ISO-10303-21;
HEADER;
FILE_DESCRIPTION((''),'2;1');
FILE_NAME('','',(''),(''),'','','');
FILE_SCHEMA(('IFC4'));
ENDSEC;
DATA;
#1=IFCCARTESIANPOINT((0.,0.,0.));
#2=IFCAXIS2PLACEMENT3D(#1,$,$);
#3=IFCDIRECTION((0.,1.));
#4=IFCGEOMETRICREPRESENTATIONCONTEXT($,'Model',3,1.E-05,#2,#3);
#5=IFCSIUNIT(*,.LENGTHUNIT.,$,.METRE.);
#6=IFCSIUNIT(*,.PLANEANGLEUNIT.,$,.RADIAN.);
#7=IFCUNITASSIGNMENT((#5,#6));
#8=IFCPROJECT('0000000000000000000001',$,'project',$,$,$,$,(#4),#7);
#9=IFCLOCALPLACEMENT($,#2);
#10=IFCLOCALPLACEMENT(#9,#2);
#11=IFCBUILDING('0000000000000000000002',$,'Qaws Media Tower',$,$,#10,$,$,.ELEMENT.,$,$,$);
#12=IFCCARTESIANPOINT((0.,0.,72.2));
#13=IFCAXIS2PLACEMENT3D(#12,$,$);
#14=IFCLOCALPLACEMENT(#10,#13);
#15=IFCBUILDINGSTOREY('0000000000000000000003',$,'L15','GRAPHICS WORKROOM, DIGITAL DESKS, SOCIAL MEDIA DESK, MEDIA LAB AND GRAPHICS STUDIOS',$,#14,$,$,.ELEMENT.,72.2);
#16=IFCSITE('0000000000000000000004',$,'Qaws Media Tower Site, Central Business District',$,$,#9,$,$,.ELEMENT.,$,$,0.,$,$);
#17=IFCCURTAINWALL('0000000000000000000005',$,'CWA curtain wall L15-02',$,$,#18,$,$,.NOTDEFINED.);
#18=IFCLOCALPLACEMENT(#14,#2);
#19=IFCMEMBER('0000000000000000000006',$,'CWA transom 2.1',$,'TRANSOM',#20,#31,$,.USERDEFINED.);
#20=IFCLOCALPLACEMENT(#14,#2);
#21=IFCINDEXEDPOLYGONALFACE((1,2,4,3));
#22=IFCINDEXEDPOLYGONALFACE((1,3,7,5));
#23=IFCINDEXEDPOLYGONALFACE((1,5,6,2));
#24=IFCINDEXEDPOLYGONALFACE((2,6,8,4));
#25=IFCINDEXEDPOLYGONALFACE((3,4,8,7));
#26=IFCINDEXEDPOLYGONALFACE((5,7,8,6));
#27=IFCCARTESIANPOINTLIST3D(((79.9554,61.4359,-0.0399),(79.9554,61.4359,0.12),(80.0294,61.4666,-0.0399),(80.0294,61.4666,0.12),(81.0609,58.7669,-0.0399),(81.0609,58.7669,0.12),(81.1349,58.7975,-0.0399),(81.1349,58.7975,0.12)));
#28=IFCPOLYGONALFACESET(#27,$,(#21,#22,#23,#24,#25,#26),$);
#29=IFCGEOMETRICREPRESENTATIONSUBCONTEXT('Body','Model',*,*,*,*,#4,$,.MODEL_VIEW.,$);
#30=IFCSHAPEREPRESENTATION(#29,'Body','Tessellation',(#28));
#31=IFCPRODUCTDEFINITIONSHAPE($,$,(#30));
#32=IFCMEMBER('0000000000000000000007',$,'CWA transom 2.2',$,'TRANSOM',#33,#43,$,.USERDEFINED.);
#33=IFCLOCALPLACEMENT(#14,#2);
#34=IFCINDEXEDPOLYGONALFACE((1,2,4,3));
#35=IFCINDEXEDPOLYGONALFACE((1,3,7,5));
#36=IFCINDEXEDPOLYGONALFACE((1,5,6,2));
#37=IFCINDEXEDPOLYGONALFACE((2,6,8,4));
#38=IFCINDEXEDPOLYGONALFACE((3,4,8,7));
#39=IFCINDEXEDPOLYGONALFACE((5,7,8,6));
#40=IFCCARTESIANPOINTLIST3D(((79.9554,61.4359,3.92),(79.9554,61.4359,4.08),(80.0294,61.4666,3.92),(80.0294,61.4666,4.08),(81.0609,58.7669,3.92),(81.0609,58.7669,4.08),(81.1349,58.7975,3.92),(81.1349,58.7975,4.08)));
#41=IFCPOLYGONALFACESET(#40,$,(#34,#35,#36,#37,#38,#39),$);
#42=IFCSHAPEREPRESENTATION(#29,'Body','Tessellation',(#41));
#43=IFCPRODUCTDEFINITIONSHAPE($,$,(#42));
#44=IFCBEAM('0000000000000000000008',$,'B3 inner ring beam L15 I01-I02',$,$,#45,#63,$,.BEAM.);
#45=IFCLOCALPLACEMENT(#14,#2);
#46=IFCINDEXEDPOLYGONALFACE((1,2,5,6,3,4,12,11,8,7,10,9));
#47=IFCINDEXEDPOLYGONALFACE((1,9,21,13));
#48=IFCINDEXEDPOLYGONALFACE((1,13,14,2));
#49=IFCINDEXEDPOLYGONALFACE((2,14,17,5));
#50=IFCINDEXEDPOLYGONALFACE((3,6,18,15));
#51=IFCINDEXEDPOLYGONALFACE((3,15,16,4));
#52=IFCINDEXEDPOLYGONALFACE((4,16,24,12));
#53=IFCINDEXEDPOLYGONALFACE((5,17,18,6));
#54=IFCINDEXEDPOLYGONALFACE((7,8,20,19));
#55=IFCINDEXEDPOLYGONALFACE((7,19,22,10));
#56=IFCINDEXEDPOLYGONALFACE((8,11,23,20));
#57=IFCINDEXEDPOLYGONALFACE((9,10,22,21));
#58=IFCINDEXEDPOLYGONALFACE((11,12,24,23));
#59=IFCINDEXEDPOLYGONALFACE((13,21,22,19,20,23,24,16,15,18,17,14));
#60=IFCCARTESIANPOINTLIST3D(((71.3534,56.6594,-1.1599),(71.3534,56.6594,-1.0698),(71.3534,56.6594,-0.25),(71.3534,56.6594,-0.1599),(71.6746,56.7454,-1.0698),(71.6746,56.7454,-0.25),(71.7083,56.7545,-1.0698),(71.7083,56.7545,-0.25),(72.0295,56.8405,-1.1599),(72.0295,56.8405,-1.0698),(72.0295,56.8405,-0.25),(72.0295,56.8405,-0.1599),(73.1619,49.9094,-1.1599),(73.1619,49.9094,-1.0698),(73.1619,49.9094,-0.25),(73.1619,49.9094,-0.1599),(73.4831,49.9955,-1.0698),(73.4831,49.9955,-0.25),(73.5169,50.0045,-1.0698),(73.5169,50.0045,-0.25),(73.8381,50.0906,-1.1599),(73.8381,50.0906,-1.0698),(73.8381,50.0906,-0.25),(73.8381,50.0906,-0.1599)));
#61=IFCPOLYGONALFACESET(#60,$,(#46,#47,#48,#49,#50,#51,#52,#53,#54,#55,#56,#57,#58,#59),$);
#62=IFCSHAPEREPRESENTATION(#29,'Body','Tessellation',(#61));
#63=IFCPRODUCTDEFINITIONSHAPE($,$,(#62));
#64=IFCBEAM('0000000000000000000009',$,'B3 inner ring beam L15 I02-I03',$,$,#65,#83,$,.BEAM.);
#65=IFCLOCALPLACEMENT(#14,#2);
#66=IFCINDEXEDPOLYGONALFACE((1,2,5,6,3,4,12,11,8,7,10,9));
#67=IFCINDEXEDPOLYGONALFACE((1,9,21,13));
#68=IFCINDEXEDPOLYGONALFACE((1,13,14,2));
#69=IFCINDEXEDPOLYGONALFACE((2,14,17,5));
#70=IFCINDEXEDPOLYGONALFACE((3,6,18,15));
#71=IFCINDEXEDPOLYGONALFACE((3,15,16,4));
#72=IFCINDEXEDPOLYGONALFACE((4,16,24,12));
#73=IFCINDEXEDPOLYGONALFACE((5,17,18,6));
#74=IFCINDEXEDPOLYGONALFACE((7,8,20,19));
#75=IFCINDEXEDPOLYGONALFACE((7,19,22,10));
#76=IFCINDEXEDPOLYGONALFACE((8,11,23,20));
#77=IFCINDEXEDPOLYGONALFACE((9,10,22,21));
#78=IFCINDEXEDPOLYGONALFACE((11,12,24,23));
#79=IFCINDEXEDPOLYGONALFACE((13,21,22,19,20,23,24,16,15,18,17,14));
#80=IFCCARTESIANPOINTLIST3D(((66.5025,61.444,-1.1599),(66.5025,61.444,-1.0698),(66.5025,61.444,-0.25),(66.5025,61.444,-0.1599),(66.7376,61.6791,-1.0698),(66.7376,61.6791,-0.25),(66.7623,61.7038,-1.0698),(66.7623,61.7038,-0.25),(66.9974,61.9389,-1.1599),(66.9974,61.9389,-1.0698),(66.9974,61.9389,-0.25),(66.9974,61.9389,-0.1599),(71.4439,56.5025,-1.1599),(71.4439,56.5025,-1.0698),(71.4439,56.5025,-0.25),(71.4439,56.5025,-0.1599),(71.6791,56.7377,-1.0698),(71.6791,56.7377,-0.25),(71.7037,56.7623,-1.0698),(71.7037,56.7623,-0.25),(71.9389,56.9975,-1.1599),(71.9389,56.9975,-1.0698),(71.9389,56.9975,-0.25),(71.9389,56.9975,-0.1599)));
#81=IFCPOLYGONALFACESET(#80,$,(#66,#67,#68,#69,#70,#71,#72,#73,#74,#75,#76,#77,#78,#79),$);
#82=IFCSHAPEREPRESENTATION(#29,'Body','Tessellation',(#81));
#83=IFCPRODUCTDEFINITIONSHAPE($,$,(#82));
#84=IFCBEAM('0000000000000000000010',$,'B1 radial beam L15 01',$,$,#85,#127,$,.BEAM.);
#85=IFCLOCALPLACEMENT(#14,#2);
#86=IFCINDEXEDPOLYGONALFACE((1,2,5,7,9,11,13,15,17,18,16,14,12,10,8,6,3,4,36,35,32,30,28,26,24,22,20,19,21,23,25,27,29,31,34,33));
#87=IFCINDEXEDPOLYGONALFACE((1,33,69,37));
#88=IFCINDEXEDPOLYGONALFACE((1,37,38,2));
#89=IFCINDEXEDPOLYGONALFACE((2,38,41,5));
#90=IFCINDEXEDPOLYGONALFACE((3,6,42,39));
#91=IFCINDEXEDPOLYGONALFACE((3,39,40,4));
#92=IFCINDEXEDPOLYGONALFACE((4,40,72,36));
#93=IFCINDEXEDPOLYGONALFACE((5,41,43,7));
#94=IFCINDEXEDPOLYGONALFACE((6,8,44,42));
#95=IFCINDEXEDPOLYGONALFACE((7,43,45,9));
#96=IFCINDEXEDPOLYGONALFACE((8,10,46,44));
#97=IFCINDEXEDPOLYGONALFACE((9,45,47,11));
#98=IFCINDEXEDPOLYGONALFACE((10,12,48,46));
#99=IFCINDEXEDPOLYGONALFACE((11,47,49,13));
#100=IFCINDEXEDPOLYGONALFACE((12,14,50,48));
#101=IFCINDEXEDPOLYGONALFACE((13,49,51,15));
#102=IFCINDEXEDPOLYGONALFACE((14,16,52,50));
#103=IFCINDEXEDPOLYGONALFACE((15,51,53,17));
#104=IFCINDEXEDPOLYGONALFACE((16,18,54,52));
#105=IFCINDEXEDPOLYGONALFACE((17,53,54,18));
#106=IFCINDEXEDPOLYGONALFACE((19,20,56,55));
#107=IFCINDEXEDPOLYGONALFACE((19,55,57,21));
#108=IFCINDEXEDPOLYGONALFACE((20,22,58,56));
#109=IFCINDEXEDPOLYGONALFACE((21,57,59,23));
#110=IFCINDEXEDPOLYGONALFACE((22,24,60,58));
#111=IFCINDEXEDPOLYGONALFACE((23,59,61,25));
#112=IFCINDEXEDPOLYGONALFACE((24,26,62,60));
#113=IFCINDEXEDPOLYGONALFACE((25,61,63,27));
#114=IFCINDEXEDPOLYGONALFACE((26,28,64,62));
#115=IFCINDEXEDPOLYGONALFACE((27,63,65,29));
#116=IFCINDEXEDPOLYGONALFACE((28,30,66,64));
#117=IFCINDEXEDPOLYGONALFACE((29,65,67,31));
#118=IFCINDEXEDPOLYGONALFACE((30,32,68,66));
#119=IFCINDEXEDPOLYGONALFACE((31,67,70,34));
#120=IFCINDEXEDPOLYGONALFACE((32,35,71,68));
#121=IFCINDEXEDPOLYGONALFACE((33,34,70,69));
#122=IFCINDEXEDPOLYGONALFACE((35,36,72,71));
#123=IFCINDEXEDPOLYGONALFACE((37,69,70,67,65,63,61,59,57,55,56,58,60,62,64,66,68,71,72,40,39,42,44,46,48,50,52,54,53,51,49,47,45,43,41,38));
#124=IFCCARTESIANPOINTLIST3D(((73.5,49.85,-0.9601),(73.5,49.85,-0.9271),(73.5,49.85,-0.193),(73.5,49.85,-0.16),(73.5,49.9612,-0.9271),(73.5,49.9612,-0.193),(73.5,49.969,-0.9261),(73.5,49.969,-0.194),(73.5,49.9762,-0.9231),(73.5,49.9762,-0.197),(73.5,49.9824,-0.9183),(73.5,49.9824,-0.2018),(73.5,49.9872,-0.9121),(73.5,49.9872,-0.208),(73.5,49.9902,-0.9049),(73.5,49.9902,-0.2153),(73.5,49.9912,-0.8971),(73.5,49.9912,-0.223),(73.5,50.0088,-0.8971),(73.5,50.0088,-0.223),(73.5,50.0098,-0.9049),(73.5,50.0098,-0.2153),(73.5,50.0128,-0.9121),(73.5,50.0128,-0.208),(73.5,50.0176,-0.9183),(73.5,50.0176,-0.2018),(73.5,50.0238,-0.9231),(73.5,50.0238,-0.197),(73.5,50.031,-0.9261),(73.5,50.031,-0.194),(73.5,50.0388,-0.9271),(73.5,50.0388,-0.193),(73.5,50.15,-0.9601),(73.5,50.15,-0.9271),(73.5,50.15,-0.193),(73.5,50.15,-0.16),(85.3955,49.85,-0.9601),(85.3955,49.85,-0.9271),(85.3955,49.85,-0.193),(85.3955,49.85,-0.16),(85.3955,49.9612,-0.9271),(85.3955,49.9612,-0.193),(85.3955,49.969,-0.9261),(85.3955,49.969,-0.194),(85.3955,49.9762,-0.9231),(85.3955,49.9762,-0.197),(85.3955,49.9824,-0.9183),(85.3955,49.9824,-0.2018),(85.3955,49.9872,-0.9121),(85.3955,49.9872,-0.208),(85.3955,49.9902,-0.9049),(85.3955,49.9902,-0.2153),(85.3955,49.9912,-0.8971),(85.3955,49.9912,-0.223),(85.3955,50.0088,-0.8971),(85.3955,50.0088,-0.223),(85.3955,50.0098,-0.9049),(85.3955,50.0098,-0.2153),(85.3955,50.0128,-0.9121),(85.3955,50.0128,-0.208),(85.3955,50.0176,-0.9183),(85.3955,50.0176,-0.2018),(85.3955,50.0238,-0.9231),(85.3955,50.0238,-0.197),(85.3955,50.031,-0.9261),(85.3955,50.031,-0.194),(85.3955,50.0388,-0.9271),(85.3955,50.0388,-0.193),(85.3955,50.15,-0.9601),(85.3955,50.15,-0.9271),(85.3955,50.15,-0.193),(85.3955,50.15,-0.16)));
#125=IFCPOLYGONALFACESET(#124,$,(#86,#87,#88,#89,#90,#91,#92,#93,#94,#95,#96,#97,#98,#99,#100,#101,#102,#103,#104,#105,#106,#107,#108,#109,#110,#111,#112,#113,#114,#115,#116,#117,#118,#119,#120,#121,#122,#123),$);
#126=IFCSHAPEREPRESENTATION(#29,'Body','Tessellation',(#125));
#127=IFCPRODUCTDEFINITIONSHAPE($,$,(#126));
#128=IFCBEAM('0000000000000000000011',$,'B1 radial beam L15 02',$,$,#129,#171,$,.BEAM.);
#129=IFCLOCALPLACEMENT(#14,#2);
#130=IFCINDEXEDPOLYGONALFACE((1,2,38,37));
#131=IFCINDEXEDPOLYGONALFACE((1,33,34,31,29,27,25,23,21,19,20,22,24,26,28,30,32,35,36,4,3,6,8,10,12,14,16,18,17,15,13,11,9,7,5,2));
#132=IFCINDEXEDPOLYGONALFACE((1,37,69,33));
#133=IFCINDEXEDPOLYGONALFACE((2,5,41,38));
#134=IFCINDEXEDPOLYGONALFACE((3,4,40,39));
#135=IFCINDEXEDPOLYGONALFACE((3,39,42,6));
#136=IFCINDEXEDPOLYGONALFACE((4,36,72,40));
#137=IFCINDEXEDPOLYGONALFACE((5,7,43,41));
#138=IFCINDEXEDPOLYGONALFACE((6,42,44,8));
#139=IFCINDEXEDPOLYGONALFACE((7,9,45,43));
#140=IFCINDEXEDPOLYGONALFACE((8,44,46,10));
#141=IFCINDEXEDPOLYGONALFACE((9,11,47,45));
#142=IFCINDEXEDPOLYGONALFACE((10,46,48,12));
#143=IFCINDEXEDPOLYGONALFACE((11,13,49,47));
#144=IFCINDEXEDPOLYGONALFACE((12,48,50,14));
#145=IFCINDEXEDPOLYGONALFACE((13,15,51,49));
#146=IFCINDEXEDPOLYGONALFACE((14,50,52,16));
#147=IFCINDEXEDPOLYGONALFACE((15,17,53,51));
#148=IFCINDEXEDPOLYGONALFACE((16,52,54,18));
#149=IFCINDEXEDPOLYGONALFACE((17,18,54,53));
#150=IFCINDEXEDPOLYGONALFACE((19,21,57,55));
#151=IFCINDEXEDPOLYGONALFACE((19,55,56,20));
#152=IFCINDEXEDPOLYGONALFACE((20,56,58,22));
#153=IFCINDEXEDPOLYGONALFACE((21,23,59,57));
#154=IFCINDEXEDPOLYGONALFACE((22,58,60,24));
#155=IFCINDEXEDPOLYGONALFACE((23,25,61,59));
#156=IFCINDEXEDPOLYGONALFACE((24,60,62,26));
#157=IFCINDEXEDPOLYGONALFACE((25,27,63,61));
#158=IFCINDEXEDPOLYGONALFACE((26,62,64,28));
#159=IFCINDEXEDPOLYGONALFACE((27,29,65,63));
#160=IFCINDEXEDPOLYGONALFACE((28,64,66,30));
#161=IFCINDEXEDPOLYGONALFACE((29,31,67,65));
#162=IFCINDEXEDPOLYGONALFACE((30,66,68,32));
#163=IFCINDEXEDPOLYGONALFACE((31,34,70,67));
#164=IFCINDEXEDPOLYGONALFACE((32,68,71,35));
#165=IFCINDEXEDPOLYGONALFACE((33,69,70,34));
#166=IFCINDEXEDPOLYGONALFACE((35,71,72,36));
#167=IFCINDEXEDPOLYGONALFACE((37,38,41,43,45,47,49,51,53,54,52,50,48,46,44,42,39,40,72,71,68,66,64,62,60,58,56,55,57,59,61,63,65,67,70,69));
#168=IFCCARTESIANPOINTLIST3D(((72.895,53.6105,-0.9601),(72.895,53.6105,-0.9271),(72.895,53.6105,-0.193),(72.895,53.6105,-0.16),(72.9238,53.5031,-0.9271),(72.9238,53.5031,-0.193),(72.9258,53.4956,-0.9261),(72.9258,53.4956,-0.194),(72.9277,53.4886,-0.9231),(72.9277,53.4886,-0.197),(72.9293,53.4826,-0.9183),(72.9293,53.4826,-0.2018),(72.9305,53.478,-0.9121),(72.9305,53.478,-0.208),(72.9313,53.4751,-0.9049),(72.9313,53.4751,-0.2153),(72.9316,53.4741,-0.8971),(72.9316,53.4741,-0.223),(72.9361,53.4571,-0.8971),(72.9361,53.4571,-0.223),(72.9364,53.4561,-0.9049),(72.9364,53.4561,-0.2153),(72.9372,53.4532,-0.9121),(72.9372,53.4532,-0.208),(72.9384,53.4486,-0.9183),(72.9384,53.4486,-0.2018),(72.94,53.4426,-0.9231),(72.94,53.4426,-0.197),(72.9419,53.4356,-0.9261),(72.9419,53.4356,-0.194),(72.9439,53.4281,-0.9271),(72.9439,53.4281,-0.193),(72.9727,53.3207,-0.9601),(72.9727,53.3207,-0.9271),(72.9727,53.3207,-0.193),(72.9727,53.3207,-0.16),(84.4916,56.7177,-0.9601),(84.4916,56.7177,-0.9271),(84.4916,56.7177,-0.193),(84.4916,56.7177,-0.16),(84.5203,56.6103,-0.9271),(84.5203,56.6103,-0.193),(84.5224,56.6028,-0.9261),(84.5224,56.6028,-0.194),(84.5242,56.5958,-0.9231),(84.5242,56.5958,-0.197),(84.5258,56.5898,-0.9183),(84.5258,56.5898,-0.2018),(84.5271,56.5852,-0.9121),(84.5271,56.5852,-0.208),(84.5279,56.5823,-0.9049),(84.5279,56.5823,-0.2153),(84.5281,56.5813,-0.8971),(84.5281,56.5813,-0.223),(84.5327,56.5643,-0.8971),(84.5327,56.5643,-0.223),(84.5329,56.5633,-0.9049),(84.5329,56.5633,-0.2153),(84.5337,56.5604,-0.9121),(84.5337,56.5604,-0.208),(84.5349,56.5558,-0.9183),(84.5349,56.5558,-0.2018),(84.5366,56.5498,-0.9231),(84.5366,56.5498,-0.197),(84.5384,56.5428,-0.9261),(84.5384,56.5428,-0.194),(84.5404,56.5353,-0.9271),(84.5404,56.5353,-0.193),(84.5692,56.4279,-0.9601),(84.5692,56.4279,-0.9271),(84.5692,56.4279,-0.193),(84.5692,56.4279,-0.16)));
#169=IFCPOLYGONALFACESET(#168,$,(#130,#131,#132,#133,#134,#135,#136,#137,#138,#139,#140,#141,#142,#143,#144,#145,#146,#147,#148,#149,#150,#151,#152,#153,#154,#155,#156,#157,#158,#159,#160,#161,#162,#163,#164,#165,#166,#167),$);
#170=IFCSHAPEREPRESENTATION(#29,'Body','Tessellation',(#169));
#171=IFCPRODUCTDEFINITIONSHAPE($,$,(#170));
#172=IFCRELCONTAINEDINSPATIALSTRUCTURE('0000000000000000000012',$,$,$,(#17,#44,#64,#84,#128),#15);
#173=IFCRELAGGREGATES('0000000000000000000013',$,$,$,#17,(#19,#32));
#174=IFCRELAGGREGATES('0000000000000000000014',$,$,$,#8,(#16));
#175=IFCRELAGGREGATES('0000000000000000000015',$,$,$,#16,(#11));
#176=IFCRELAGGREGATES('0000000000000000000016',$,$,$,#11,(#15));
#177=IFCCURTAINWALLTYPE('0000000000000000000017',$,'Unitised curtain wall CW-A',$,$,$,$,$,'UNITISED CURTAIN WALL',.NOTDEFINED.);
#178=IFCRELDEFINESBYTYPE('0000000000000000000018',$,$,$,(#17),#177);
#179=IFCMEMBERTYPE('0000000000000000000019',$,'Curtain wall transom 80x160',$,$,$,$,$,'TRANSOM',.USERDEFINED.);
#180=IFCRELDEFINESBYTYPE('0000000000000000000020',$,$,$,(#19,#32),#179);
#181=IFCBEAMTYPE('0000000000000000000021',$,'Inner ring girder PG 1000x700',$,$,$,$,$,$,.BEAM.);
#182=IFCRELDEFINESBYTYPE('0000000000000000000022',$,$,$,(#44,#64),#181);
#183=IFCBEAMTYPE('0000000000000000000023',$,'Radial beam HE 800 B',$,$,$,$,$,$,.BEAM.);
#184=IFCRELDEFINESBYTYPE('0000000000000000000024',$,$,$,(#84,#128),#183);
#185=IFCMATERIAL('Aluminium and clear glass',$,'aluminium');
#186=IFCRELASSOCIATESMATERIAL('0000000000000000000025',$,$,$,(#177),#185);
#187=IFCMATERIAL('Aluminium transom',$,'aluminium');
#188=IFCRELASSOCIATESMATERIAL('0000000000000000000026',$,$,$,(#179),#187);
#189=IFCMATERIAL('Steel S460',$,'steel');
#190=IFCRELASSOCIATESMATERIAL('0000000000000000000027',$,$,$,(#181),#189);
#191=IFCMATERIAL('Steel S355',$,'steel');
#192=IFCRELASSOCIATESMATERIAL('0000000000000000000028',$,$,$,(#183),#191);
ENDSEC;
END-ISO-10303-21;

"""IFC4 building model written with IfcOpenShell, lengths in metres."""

from ifc_helpers import new_model, si_unit, direction, frame, origin, origin_2d, place, context, subcontext, project, spatial, rectangle, i_section, extrude, material, material_profile, profile_set, type_object, element, aggregate, save


model = new_model("IFC4")

# Units and contexts
model_context = context("Model", 3, precision=1e-05, world=origin(), true_north=direction((0.0, 1.0)))
body_context = subcontext(model_context, "Body", "Model", "MODEL_VIEW")
ifc_project = project(units=[si_unit("LENGTHUNIT", "METRE"), si_unit("PLANEANGLEUNIT", "RADIAN")], contexts=[model_context])

# Site, building, storey
site_placement = place(None, origin())
site = spatial("IfcSite", under=ifc_project, at=site_placement, Name="Qaws Media Tower Site, Central Business District", CompositionType="ELEMENT", RefElevation=0.0)
building_placement = place(site_placement, origin())
building = spatial("IfcBuilding", under=site, at=building_placement, Name="Qaws Media Tower", CompositionType="ELEMENT")
storey_placement = place(building_placement, frame((0.0, 0.0, 72.2)))
storey = spatial("IfcBuildingStorey", under=building, at=storey_placement, Name="L15", Description="GRAPHICS WORKROOM, DIGITAL DESKS, SOCIAL MEDIA DESK, MEDIA LAB AND GRAPHICS STUDIOS", CompositionType="ELEMENT", Elevation=72.2)

# Curtain wall, members
ifc_material_1 = material(Name="Aluminium and clear glass", Category="aluminium")
curtain_wall_type = type_object("IfcCurtainWallType", Name="Unitised curtain wall CW-A", ElementType="UNITISED CURTAIN WALL", PredefinedType="NOTDEFINED", material=ifc_material_1)
curtain_wall_placement = place(storey_placement, origin())
curtain_wall = element("IfcCurtainWall", 1, at=curtain_wall_placement, inside=storey, type_object=curtain_wall_type, Name="CWA curtain wall L15-02", PredefinedType="NOTDEFINED")
ifc_material_2 = material(Name="Aluminium transom", Category="aluminium")
ifc_material_profile_1 = material_profile(ifc_material_2, rectangle(XDim=0.0801, YDim=0.1599, at=origin_2d()), Name="80x160")
ifc_profile_set_1 = profile_set([ifc_material_profile_1], Name="Aluminium transom")
member_type = type_object("IfcMemberType", Name="Curtain wall transom 80x160", ElementType="TRANSOM", PredefinedType="USERDEFINED", material=ifc_profile_set_1)
member_1_placement = place(storey_placement, frame((81.0979, 58.7822, 0.04), z_axis=(-0.38267, 0.923885, 0.0), x_axis=(-0.923885, -0.38267, 0.0)))
member_1 = element("IfcMember", 2, at=member_1_placement, type_object=member_type, Name="CWA transom 2.1", ObjectType="TRANSOM", PredefinedType="USERDEFINED", context=body_context, shape_type="SweptSolid", body=[
    extrude(rectangle(XDim=0.0801, YDim=0.1599, at=origin_2d()), origin(), (0.0, 0.0, 1.0), 2.8889),
])
member_2_placement = place(storey_placement, frame((81.0979, 58.7822, 4.0), z_axis=(-0.38267, 0.923885, 0.0), x_axis=(-0.923885, -0.38267, 0.0)))
member_2 = element("IfcMember", 3, at=member_2_placement, type_object=member_type, Name="CWA transom 2.2", ObjectType="TRANSOM", PredefinedType="USERDEFINED", context=body_context, shape_type="SweptSolid", body=[
    extrude(rectangle(XDim=0.0801, YDim=0.1599, at=origin_2d()), origin(), (0.0, 0.0, 1.0), 2.8889),
])

# Beams
ifc_material_3 = material(Name="Steel S460", Category="steel")
ifc_material_profile_2 = material_profile(ifc_material_3, i_section(OverallWidth=0.7, OverallDepth=1.0, WebThickness=0.0349, FlangeThickness=0.0901, at=origin_2d()), Name="PG 1000x700")
ifc_profile_set_2 = profile_set([ifc_material_profile_2], Name="Steel S460")
beam_type_1 = type_object("IfcBeamType", Name="Inner ring girder PG 1000x700", PredefinedType="BEAM", material=ifc_profile_set_2)
beam_1_placement = place(storey_placement, frame((73.5, 50.0, -0.6599), z_axis=(-0.258811, 0.965928, 0.0), x_axis=(-0.965928, -0.258811, 0.0)))
element("IfcBeam", 4, at=beam_1_placement, inside=storey, type_object=beam_type_1, Name="B3 inner ring beam L15 I01-I02", PredefinedType="BEAM", context=body_context, shape_type="SweptSolid", body=[
    extrude(i_section(OverallWidth=0.7, OverallDepth=1.0, WebThickness=0.0349, FlangeThickness=0.0901, at=origin_2d()), origin(), (0.0, 0.0, 1.0), 6.988),
])
beam_2_placement = place(storey_placement, frame((71.6914, 56.75, -0.6599), z_axis=(-0.707107, 0.707107, 0.0), x_axis=(-0.707107, -0.707107, 0.0)))
element("IfcBeam", 5, at=beam_2_placement, inside=storey, type_object=beam_type_1, Name="B3 inner ring beam L15 I02-I03", PredefinedType="BEAM", context=body_context, shape_type="SweptSolid", body=[
    extrude(i_section(OverallWidth=0.7, OverallDepth=1.0, WebThickness=0.0349, FlangeThickness=0.0901, at=origin_2d()), origin(), (0.0, 0.0, 1.0), 6.9883),
])
ifc_material_4 = material(Name="Steel S355", Category="steel")
ifc_material_profile_3 = material_profile(ifc_material_4, i_section(OverallWidth=0.3, OverallDepth=0.8, WebThickness=0.0176, FlangeThickness=0.033, FilletRadius=0.03, at=origin_2d()), Name="HE 800 B")
ifc_profile_set_3 = profile_set([ifc_material_profile_3], Name="Steel S355")
beam_type_2 = type_object("IfcBeamType", Name="Radial beam HE 800 B", PredefinedType="BEAM", material=ifc_profile_set_3)
beam_3_placement = place(storey_placement, frame((73.5, 50.0, -0.5601), z_axis=(1.0, 0.0, 0.0), x_axis=(0.0, 1.0, 0.0)))
element("IfcBeam", 6, at=beam_3_placement, inside=storey, type_object=beam_type_2, Name="B1 radial beam L15 01", PredefinedType="BEAM", context=body_context, shape_type="SweptSolid", body=[
    extrude(i_section(OverallWidth=0.3, OverallDepth=0.8, WebThickness=0.0176, FlangeThickness=0.033, FilletRadius=0.03, at=origin_2d()), origin(), (0.0, 0.0, 1.0), 11.8955),
])
beam_4_placement = place(storey_placement, frame((72.9338, 53.4656, -0.5601), z_axis=(0.965927, 0.258813, 0.0), x_axis=(-0.258813, 0.965927, 0.0)))
element("IfcBeam", 7, at=beam_4_placement, inside=storey, type_object=beam_type_2, Name="B1 radial beam L15 02", PredefinedType="BEAM", context=body_context, shape_type="SweptSolid", body=[
    extrude(i_section(OverallWidth=0.3, OverallDepth=0.8, WebThickness=0.0176, FlangeThickness=0.033, FilletRadius=0.03, at=origin_2d()), origin(), (0.0, 0.0, 1.0), 12.0056),
])

aggregate(curtain_wall, [member_1, member_2])

save(model, "model.ifc")
